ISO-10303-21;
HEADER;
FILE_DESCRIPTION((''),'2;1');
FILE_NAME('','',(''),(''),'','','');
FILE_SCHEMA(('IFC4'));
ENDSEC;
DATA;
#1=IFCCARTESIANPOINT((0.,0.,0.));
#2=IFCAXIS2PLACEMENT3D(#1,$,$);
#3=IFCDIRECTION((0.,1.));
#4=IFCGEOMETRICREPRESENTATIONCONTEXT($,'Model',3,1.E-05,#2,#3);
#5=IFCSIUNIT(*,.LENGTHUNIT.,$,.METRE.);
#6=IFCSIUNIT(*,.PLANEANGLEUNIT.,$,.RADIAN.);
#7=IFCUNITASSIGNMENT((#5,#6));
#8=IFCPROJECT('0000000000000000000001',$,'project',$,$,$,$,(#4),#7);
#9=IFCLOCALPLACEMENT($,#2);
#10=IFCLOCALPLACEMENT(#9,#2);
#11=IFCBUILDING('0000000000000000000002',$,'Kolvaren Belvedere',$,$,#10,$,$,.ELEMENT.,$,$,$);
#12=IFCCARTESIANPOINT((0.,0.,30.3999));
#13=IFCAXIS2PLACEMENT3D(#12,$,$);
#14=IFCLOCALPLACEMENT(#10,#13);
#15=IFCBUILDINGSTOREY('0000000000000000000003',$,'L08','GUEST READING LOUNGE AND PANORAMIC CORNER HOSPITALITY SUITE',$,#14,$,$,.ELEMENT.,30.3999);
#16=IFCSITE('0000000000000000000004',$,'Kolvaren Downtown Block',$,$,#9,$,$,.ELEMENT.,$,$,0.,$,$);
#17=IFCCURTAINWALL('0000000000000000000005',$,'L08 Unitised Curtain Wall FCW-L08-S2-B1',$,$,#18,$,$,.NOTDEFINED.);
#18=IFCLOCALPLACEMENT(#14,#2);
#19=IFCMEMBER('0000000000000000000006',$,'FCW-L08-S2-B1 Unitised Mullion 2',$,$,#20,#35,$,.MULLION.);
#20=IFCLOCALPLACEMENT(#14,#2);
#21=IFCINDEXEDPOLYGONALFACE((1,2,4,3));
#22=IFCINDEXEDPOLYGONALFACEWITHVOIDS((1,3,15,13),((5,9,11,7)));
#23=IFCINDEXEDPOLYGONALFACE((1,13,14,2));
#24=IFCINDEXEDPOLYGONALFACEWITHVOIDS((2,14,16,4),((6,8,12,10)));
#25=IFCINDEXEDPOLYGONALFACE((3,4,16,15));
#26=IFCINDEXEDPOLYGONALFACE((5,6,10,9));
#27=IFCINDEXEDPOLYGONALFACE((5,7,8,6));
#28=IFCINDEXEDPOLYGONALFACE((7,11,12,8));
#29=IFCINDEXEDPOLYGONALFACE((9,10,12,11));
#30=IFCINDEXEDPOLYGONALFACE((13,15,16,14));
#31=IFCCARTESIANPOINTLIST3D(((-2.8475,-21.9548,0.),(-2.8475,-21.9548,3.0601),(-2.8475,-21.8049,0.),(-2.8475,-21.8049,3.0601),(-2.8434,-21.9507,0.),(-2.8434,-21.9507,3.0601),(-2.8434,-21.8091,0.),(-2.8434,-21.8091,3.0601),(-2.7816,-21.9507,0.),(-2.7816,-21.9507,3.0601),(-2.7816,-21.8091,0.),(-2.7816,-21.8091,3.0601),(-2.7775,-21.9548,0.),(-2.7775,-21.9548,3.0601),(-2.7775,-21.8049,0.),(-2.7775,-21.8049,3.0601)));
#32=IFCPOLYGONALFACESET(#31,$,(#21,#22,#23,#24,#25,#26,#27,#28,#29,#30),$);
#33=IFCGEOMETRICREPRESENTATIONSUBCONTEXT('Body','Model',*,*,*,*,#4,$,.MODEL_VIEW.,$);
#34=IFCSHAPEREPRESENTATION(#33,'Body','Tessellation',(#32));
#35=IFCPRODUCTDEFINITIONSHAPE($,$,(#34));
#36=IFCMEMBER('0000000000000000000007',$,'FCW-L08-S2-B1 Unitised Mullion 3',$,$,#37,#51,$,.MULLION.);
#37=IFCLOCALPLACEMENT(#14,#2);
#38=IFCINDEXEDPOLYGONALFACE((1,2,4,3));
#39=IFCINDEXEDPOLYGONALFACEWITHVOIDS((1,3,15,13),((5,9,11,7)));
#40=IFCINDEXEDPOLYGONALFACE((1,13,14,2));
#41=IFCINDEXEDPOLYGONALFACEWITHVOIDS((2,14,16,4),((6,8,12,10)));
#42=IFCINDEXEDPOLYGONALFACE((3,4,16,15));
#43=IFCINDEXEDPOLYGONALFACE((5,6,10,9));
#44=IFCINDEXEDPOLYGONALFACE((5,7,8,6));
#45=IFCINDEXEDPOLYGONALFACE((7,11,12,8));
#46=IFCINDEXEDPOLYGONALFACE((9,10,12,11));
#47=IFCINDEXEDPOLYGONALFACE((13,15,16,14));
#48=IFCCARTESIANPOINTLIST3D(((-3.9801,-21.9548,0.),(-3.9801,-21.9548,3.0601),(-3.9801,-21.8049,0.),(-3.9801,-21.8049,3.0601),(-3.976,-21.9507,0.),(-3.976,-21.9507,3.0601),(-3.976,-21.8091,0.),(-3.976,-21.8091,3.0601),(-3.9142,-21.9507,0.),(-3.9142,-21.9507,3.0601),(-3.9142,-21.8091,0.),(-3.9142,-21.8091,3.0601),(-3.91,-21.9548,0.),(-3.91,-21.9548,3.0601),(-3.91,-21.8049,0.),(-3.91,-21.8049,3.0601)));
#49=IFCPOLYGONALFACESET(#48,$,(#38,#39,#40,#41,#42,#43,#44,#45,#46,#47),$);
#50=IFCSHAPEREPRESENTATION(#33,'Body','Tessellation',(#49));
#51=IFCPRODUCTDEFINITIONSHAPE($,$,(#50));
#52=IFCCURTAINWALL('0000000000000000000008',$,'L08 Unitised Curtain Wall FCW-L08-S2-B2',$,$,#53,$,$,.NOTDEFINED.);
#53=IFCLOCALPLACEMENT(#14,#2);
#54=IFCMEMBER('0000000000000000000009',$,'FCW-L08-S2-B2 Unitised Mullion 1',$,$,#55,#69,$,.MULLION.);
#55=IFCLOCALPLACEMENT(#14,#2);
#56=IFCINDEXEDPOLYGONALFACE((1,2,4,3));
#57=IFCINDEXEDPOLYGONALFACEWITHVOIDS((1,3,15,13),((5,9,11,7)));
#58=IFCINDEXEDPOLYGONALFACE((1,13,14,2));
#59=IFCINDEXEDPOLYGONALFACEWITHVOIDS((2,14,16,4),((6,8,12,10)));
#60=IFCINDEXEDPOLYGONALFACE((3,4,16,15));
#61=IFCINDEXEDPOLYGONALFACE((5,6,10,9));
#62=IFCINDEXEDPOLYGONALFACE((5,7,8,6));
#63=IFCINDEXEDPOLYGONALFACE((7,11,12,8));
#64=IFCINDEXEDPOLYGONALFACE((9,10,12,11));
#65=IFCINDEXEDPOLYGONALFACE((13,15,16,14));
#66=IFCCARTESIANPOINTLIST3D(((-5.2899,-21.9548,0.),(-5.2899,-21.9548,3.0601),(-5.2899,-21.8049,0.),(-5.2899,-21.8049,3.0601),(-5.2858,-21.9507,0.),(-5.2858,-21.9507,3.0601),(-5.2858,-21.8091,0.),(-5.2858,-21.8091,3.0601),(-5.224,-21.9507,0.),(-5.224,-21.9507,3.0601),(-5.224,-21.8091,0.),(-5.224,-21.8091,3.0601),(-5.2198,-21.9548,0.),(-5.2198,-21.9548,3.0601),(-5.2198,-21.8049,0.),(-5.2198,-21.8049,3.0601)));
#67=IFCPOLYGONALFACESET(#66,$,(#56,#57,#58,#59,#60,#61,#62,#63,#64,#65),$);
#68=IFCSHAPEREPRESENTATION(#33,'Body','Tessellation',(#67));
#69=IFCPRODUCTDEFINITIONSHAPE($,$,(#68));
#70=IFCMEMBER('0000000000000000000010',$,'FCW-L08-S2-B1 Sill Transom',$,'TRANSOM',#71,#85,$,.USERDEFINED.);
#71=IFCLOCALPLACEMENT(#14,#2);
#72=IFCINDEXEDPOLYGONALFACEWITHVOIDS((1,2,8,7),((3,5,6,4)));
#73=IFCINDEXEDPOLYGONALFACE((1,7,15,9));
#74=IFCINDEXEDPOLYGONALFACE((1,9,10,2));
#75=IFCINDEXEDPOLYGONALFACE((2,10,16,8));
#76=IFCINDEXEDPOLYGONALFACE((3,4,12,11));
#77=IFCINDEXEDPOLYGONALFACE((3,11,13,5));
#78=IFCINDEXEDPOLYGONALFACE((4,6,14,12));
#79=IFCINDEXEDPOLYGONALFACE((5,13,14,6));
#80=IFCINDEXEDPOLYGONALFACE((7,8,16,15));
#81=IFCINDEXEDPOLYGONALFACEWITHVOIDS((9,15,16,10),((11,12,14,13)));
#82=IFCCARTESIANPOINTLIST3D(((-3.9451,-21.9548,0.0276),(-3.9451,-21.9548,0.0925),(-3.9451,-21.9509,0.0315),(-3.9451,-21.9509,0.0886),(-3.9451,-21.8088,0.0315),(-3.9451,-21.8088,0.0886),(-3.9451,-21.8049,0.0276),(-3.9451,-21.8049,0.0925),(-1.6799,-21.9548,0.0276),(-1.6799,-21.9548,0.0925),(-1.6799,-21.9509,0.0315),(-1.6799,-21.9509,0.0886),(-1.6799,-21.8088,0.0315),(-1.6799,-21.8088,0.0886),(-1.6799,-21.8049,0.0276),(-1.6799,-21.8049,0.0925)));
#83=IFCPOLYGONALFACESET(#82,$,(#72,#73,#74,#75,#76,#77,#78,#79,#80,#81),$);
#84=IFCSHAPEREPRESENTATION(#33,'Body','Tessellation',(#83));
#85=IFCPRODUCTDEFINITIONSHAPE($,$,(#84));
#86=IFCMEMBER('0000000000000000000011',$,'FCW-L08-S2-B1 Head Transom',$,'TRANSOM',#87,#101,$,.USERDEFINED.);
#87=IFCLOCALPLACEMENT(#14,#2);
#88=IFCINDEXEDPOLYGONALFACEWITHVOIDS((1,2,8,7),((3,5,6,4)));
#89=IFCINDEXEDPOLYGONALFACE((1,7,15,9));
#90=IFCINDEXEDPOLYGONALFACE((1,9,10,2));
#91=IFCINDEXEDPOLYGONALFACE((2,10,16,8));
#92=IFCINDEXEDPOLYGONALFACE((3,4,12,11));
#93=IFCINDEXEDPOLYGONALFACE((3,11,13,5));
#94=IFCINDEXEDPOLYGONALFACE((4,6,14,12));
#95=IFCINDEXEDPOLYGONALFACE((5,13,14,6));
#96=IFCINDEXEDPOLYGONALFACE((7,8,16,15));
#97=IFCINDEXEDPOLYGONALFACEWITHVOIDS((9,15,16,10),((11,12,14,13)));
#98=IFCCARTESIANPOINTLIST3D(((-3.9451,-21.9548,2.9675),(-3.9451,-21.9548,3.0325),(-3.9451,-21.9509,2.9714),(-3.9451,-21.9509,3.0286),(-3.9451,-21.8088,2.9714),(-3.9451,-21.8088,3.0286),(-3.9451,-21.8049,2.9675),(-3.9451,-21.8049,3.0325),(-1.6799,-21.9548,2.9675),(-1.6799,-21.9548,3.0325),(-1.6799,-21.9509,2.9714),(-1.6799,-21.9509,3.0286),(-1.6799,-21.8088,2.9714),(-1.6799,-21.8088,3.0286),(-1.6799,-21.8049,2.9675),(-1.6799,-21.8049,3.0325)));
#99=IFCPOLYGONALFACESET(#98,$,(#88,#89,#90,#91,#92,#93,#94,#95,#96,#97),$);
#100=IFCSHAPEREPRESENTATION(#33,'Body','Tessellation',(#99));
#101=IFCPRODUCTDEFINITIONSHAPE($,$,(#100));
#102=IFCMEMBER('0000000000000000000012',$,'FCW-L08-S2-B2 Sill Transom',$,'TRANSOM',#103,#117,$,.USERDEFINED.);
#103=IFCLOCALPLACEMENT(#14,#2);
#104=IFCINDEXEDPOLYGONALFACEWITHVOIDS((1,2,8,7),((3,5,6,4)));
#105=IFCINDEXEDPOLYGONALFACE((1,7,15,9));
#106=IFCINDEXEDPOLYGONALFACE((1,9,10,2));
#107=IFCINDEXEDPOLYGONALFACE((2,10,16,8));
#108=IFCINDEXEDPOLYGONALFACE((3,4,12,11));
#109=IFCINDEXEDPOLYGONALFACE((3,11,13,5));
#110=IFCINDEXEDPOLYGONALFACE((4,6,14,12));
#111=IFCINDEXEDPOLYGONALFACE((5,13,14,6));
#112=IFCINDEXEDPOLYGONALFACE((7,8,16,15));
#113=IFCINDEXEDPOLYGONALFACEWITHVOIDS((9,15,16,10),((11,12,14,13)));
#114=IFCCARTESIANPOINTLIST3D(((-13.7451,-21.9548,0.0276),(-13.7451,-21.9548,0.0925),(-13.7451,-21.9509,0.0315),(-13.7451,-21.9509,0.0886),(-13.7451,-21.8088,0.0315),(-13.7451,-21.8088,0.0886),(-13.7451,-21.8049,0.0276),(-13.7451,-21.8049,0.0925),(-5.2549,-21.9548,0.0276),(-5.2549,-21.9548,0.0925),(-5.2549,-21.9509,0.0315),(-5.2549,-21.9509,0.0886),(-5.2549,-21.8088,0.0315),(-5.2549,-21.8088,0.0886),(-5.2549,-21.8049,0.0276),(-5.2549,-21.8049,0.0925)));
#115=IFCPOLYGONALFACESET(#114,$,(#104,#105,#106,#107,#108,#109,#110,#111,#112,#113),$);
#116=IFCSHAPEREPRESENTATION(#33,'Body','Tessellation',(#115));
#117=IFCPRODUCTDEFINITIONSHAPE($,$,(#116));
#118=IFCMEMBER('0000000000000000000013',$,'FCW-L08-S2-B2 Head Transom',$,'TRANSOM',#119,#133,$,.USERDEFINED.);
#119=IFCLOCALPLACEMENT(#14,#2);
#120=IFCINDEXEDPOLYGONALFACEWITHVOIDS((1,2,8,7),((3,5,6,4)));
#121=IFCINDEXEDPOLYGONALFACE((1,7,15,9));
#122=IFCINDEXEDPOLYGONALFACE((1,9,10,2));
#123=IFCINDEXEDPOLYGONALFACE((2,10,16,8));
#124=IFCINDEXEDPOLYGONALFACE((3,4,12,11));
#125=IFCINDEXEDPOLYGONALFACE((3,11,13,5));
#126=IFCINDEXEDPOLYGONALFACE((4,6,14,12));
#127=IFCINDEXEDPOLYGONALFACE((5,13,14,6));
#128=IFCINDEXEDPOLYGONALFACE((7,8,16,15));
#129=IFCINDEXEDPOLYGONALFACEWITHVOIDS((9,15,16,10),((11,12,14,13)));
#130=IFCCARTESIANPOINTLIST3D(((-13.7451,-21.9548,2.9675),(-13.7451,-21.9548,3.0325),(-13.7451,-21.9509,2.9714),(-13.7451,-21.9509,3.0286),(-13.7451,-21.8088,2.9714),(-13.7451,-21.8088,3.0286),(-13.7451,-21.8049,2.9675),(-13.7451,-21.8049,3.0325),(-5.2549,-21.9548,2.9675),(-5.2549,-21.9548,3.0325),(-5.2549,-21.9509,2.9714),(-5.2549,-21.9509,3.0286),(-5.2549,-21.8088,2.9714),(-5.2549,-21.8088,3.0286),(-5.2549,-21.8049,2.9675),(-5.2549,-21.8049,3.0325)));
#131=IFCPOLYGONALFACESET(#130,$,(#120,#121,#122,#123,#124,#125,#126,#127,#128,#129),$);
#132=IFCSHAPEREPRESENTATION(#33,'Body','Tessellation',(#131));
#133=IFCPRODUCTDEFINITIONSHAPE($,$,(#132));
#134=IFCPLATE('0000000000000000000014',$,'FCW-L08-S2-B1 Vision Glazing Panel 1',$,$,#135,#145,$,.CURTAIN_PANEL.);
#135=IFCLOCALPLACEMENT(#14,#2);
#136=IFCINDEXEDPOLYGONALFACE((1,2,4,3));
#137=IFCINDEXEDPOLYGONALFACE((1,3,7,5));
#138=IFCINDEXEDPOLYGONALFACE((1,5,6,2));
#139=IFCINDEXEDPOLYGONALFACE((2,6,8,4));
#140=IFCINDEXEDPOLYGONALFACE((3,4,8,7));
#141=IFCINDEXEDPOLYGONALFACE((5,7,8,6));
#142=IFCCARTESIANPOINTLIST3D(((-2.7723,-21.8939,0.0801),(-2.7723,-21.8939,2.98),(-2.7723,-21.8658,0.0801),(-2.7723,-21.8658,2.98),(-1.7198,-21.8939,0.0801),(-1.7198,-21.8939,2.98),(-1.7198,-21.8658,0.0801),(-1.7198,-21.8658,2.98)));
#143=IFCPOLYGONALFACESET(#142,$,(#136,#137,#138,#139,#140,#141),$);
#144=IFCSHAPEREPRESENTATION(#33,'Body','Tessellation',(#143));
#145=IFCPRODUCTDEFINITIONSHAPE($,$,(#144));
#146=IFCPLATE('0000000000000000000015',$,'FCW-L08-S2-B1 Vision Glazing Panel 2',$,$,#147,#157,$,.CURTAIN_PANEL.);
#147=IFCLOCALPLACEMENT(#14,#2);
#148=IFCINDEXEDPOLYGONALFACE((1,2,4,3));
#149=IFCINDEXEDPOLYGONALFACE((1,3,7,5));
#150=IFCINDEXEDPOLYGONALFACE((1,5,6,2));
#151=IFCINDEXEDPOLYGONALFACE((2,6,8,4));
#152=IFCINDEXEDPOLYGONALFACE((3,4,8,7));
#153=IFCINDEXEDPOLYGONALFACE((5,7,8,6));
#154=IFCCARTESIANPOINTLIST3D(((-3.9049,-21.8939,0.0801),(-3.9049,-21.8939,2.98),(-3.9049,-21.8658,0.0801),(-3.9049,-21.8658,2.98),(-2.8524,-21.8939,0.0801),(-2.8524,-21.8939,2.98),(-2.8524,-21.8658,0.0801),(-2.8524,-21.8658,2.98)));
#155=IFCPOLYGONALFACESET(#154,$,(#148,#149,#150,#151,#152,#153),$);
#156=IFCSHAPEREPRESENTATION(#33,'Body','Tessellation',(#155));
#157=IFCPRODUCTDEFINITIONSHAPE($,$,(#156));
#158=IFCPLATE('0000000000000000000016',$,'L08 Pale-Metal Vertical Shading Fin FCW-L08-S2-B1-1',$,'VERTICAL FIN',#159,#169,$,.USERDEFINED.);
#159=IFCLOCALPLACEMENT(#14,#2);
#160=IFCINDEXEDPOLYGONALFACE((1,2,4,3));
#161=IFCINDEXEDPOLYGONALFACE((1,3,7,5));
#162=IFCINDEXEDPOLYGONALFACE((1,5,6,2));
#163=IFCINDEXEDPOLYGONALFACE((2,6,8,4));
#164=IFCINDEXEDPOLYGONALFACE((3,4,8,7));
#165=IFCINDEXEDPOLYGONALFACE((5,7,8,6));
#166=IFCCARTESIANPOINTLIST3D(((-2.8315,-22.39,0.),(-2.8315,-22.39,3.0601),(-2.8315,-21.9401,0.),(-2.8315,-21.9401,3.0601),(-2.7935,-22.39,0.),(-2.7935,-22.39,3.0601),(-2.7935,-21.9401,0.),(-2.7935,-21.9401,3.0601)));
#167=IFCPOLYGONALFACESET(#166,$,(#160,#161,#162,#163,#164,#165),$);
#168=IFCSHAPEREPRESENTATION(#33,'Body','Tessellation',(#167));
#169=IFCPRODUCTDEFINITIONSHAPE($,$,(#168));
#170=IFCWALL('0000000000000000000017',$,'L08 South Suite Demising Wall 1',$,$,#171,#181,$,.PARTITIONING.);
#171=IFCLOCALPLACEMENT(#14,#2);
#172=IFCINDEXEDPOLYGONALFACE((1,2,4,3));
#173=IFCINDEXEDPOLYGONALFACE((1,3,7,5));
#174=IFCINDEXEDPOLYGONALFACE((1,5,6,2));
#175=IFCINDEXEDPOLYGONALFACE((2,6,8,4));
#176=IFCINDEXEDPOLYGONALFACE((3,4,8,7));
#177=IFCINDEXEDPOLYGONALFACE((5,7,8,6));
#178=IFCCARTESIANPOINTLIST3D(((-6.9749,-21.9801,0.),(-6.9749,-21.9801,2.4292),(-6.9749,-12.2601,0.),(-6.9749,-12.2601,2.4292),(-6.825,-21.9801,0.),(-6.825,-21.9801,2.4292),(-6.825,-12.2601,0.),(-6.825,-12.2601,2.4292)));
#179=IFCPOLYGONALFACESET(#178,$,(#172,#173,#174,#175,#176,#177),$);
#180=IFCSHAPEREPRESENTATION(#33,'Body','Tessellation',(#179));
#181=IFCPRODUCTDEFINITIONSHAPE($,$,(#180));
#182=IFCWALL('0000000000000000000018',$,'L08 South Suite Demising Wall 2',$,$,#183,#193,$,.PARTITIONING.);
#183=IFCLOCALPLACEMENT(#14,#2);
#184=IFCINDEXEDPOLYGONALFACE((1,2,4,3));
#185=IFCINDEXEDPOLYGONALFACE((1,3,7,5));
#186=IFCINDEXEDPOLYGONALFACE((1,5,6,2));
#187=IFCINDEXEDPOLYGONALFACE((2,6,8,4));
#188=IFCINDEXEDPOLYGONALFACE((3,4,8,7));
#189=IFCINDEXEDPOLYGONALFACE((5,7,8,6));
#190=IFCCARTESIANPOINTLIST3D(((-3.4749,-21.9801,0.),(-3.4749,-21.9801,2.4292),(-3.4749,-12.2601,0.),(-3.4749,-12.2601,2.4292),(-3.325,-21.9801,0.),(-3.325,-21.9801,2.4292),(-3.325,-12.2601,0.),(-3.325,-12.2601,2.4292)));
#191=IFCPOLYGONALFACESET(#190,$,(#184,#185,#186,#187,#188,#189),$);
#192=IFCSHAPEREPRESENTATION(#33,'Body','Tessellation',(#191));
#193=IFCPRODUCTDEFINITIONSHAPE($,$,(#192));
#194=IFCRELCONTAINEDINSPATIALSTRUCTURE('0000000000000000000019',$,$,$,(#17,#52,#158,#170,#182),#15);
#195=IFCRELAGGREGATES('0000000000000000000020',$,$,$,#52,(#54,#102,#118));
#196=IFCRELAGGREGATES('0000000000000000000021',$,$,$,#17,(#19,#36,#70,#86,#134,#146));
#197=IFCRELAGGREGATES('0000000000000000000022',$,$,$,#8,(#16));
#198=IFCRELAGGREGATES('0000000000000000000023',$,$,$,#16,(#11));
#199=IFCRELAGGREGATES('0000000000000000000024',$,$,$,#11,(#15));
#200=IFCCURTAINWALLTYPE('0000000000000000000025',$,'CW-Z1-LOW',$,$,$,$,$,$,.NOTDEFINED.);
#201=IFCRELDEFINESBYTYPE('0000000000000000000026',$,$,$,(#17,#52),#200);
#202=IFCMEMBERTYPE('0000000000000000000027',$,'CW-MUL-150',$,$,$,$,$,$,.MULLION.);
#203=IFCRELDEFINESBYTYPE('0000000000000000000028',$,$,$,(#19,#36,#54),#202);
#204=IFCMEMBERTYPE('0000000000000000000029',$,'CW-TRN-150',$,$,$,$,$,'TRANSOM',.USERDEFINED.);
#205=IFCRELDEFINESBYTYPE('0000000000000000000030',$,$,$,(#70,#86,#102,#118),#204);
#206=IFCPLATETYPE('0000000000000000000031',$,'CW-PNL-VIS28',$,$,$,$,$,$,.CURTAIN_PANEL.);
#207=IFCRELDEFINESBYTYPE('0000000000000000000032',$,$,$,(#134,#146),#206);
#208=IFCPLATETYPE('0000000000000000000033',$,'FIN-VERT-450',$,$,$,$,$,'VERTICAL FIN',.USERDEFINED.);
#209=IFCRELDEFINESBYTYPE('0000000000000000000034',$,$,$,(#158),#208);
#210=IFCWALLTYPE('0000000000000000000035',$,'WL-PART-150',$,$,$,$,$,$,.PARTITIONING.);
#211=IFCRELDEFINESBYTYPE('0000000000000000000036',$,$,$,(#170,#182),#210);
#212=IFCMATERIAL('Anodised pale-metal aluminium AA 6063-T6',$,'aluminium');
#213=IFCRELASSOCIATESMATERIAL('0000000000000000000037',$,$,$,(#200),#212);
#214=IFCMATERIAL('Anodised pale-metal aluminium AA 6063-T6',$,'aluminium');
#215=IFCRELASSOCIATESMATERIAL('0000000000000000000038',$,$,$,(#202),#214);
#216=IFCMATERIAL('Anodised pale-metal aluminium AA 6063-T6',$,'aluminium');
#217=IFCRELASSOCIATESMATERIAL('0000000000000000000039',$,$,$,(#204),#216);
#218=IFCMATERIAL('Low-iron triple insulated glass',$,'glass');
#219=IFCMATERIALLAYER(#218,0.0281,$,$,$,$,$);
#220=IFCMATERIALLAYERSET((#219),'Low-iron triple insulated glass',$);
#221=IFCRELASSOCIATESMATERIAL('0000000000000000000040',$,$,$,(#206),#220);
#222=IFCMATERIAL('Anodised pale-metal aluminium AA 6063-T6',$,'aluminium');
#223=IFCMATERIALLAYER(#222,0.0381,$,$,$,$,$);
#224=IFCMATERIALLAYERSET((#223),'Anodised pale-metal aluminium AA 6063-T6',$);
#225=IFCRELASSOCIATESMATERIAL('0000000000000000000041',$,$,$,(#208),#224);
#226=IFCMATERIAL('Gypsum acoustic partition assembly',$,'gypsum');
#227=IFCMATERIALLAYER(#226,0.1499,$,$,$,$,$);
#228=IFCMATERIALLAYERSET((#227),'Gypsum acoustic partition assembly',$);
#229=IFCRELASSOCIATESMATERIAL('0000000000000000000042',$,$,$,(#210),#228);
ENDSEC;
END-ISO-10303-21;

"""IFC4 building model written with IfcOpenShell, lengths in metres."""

from ifc_helpers import new_model, si_unit, direction, frame, frame_2d, origin, origin_2d, place, context, subcontext, project, spatial, rectangle, hollow_rectangle, extrude, material, layer, layer_set, material_profile, profile_set, type_object, element, aggregate, save


model = new_model("IFC4")

# Units and contexts
model_context = context("Model", 3, precision=1e-05, world=origin(), true_north=direction((0.0, 1.0)))
body_context = subcontext(model_context, "Body", "Model", "MODEL_VIEW")
ifc_project = project(units=[si_unit("LENGTHUNIT", "METRE"), si_unit("PLANEANGLEUNIT", "RADIAN")], contexts=[model_context])

# Site, building, storey
site_placement = place(None, origin())
site = spatial("IfcSite", under=ifc_project, at=site_placement, Name="Kolvaren Downtown Block", CompositionType="ELEMENT", RefElevation=0.0)
building_placement = place(site_placement, origin())
building = spatial("IfcBuilding", under=site, at=building_placement, Name="Kolvaren Belvedere", CompositionType="ELEMENT")
storey_placement = place(building_placement, frame((0.0, 0.0, 30.3999)))
storey = spatial("IfcBuildingStorey", under=building, at=storey_placement, Name="L08", Description="GUEST READING LOUNGE AND PANORAMIC CORNER HOSPITALITY SUITE", CompositionType="ELEMENT", Elevation=30.3999)

# Curtain wall, members
ifc_material_1 = material(Name="Anodised pale-metal aluminium AA 6063-T6", Category="aluminium")
curtain_wall_type = type_object("IfcCurtainWallType", Name="CW-Z1-LOW", PredefinedType="NOTDEFINED", material=ifc_material_1)
curtain_wall_1_placement = place(storey_placement, origin())
curtain_wall_1 = element("IfcCurtainWall", 1, at=curtain_wall_1_placement, inside=storey, type_object=curtain_wall_type, Name="L08 Unitised Curtain Wall FCW-L08-S2-B1", PredefinedType="NOTDEFINED")
ifc_material_2 = material(Name="Anodised pale-metal aluminium AA 6063-T6", Category="aluminium")
ifc_material_profile_1 = material_profile(ifc_material_2, hollow_rectangle(XDim=0.0701, YDim=0.1499, WallThickness=0.0042, at=origin_2d()), Name="ALU-MUL-150X70")
ifc_profile_set_1 = profile_set([ifc_material_profile_1], Name="Anodised pale-metal aluminium AA 6063-T6")
member_type_1 = type_object("IfcMemberType", Name="CW-MUL-150", PredefinedType="MULLION", material=ifc_profile_set_1)
member_1_placement = place(storey_placement, frame((-2.8125, -21.8799, 0.0), z_axis=(0.0, 0.0, 1.0), x_axis=(1.0, 0.0, 0.0)))
member_1 = element("IfcMember", 2, at=member_1_placement, type_object=member_type_1, Name="FCW-L08-S2-B1 Unitised Mullion 2", PredefinedType="MULLION", context=body_context, shape_type="SweptSolid", body=[
    extrude(hollow_rectangle(XDim=0.0701, YDim=0.1499, WallThickness=0.0042, at=origin_2d()), origin(), (0.0, 0.0, 1.0), 3.0601),
])
member_2_placement = place(storey_placement, frame((-3.9451, -21.8799, 0.0), z_axis=(0.0, 0.0, 1.0), x_axis=(1.0, 0.0, 0.0)))
member_2 = element("IfcMember", 3, at=member_2_placement, type_object=member_type_1, Name="FCW-L08-S2-B1 Unitised Mullion 3", PredefinedType="MULLION", context=body_context, shape_type="SweptSolid", body=[
    extrude(hollow_rectangle(XDim=0.0701, YDim=0.1499, WallThickness=0.0042, at=origin_2d()), origin(), (0.0, 0.0, 1.0), 3.0601),
])

# Curtain wall, member
curtain_wall_2_placement = place(storey_placement, origin())
curtain_wall_2 = element("IfcCurtainWall", 4, at=curtain_wall_2_placement, inside=storey, type_object=curtain_wall_type, Name="L08 Unitised Curtain Wall FCW-L08-S2-B2", PredefinedType="NOTDEFINED")
member_3_placement = place(storey_placement, frame((-5.2549, -21.8799, 0.0), z_axis=(0.0, 0.0, 1.0), x_axis=(1.0, 0.0, 0.0)))
member_3 = element("IfcMember", 5, at=member_3_placement, type_object=member_type_1, Name="FCW-L08-S2-B2 Unitised Mullion 1", PredefinedType="MULLION", context=body_context, shape_type="SweptSolid", body=[
    extrude(hollow_rectangle(XDim=0.0701, YDim=0.1499, WallThickness=0.0042, at=origin_2d()), origin(), (0.0, 0.0, 1.0), 3.0601),
])

# Members
ifc_material_3 = material(Name="Anodised pale-metal aluminium AA 6063-T6", Category="aluminium")
ifc_material_profile_2 = material_profile(ifc_material_3, hollow_rectangle(XDim=0.0649, YDim=0.1499, WallThickness=0.0039, at=origin_2d()), Name="ALU-TRN-150X65")
ifc_profile_set_2 = profile_set([ifc_material_profile_2], Name="Anodised pale-metal aluminium AA 6063-T6")
member_type_2 = type_object("IfcMemberType", Name="CW-TRN-150", ElementType="TRANSOM", PredefinedType="USERDEFINED", material=ifc_profile_set_2)
member_4_placement = place(storey_placement, frame((-1.6799, -21.8799, 0.0601), z_axis=(-1.0, 0.0, 0.0), x_axis=(0.0, 0.0, 1.0)))
member_4 = element("IfcMember", 6, at=member_4_placement, type_object=member_type_2, Name="FCW-L08-S2-B1 Sill Transom", ObjectType="TRANSOM", PredefinedType="USERDEFINED", context=body_context, shape_type="SweptSolid", body=[
    extrude(hollow_rectangle(XDim=0.0649, YDim=0.1499, WallThickness=0.0039, at=origin_2d()), origin(), (0.0, 0.0, 1.0), 2.2651),
])
member_5_placement = place(storey_placement, frame((-1.6799, -21.8799, 3.0), z_axis=(-1.0, 0.0, 0.0), x_axis=(0.0, 0.0, 1.0)))
member_5 = element("IfcMember", 7, at=member_5_placement, type_object=member_type_2, Name="FCW-L08-S2-B1 Head Transom", ObjectType="TRANSOM", PredefinedType="USERDEFINED", context=body_context, shape_type="SweptSolid", body=[
    extrude(hollow_rectangle(XDim=0.0649, YDim=0.1499, WallThickness=0.0039, at=origin_2d()), origin(), (0.0, 0.0, 1.0), 2.2651),
])
member_6_placement = place(storey_placement, frame((-5.2549, -21.8799, 0.0601), z_axis=(-1.0, 0.0, 0.0), x_axis=(0.0, 0.0, 1.0)))
member_6 = element("IfcMember", 8, at=member_6_placement, type_object=member_type_2, Name="FCW-L08-S2-B2 Sill Transom", ObjectType="TRANSOM", PredefinedType="USERDEFINED", context=body_context, shape_type="SweptSolid", body=[
    extrude(hollow_rectangle(XDim=0.0649, YDim=0.1499, WallThickness=0.0039, at=origin_2d()), origin(), (0.0, 0.0, 1.0), 8.4902),
])
member_7_placement = place(storey_placement, frame((-5.2549, -21.8799, 3.0), z_axis=(-1.0, 0.0, 0.0), x_axis=(0.0, 0.0, 1.0)))
member_7 = element("IfcMember", 9, at=member_7_placement, type_object=member_type_2, Name="FCW-L08-S2-B2 Head Transom", ObjectType="TRANSOM", PredefinedType="USERDEFINED", context=body_context, shape_type="SweptSolid", body=[
    extrude(hollow_rectangle(XDim=0.0649, YDim=0.1499, WallThickness=0.0039, at=origin_2d()), origin(), (0.0, 0.0, 1.0), 8.4902),
])
aggregate(curtain_wall_2, [member_3, member_6, member_7])

# Plates
ifc_material_4 = material(Name="Low-iron triple insulated glass", Category="glass")
ifc_layer_1 = layer(ifc_material_4, 0.0281)
ifc_layer_set_1 = layer_set([ifc_layer_1], Name="Low-iron triple insulated glass")
plate_type_1 = type_object("IfcPlateType", Name="CW-PNL-VIS28", PredefinedType="CURTAIN_PANEL", material=ifc_layer_set_1)
plate_1_placement = place(storey_placement, frame((-2.2461, -21.8799, 0.0801), z_axis=(0.0, 0.0, 1.0), x_axis=(-1.0, 0.0, 0.0)))
plate_1 = element("IfcPlate", 10, at=plate_1_placement, type_object=plate_type_1, Name="FCW-L08-S2-B1 Vision Glazing Panel 1", PredefinedType="CURTAIN_PANEL", context=body_context, shape_type="SweptSolid", body=[
    extrude(rectangle(XDim=1.0525, YDim=0.0281, at=origin_2d()), origin(), (0.0, 0.0, 1.0), 2.8999),
])
plate_2_placement = place(storey_placement, frame((-3.3787, -21.8799, 0.0801), z_axis=(0.0, 0.0, 1.0), x_axis=(-1.0, 0.0, 0.0)))
plate_2 = element("IfcPlate", 11, at=plate_2_placement, type_object=plate_type_1, Name="FCW-L08-S2-B1 Vision Glazing Panel 2", PredefinedType="CURTAIN_PANEL", context=body_context, shape_type="SweptSolid", body=[
    extrude(rectangle(XDim=1.0525, YDim=0.0281, at=origin_2d()), origin(), (0.0, 0.0, 1.0), 2.8999),
])
aggregate(curtain_wall_1, [member_1, member_2, member_4, member_5, plate_1, plate_2])
ifc_material_5 = material(Name="Anodised pale-metal aluminium AA 6063-T6", Category="aluminium")
ifc_layer_2 = layer(ifc_material_5, 0.0381)
ifc_layer_set_2 = layer_set([ifc_layer_2], Name="Anodised pale-metal aluminium AA 6063-T6")
plate_type_2 = type_object("IfcPlateType", Name="FIN-VERT-450", ElementType="VERTICAL FIN", PredefinedType="USERDEFINED", material=ifc_layer_set_2)
plate_3_placement = place(storey_placement, frame((-2.8125, -22.165, 0.0), z_axis=(0.0, 0.0, 1.0), x_axis=(0.0, 1.0, 0.0)))
element("IfcPlate", 12, at=plate_3_placement, inside=storey, type_object=plate_type_2, Name="L08 Pale-Metal Vertical Shading Fin FCW-L08-S2-B1-1", ObjectType="VERTICAL FIN", PredefinedType="USERDEFINED", context=body_context, shape_type="SweptSolid", body=[
    extrude(rectangle(XDim=0.45, YDim=0.0381, at=origin_2d()), origin(), (0.0, 0.0, 1.0), 3.0601),
])

# Walls
ifc_material_6 = material(Name="Gypsum acoustic partition assembly", Category="gypsum")
ifc_layer_3 = layer(ifc_material_6, 0.1499)
ifc_layer_set_3 = layer_set([ifc_layer_3], Name="Gypsum acoustic partition assembly")
wall_type_1 = type_object("IfcWallType", Name="WL-PART-150", PredefinedType="PARTITIONING", material=ifc_layer_set_3)
for number, where, z_axis, x_axis, name in (
    (13, (-6.8999, -21.98, 0.0), (0.0, 0.0, 1.0), (0.0, 1.0, 0.0), "L08 South Suite Demising Wall 1"),
    (14, (-3.3999, -21.98, 0.0), (0.0, 0.0, 1.0), (0.0, 1.0, 0.0), "L08 South Suite Demising Wall 2"),
):
    element("IfcWall", number, at=place(storey_placement, frame(where, z_axis=z_axis, x_axis=x_axis)), inside=storey, type_object=wall_type_1, Name=name, PredefinedType="PARTITIONING", context=body_context, shape_type="SweptSolid", body=[
        extrude(rectangle(XDim=9.72, YDim=0.1499, at=frame_2d((4.8599, 0.0))), origin(), (0.0, 0.0, 1.0), 2.4292),
    ])

save(model, "model.ifc")
